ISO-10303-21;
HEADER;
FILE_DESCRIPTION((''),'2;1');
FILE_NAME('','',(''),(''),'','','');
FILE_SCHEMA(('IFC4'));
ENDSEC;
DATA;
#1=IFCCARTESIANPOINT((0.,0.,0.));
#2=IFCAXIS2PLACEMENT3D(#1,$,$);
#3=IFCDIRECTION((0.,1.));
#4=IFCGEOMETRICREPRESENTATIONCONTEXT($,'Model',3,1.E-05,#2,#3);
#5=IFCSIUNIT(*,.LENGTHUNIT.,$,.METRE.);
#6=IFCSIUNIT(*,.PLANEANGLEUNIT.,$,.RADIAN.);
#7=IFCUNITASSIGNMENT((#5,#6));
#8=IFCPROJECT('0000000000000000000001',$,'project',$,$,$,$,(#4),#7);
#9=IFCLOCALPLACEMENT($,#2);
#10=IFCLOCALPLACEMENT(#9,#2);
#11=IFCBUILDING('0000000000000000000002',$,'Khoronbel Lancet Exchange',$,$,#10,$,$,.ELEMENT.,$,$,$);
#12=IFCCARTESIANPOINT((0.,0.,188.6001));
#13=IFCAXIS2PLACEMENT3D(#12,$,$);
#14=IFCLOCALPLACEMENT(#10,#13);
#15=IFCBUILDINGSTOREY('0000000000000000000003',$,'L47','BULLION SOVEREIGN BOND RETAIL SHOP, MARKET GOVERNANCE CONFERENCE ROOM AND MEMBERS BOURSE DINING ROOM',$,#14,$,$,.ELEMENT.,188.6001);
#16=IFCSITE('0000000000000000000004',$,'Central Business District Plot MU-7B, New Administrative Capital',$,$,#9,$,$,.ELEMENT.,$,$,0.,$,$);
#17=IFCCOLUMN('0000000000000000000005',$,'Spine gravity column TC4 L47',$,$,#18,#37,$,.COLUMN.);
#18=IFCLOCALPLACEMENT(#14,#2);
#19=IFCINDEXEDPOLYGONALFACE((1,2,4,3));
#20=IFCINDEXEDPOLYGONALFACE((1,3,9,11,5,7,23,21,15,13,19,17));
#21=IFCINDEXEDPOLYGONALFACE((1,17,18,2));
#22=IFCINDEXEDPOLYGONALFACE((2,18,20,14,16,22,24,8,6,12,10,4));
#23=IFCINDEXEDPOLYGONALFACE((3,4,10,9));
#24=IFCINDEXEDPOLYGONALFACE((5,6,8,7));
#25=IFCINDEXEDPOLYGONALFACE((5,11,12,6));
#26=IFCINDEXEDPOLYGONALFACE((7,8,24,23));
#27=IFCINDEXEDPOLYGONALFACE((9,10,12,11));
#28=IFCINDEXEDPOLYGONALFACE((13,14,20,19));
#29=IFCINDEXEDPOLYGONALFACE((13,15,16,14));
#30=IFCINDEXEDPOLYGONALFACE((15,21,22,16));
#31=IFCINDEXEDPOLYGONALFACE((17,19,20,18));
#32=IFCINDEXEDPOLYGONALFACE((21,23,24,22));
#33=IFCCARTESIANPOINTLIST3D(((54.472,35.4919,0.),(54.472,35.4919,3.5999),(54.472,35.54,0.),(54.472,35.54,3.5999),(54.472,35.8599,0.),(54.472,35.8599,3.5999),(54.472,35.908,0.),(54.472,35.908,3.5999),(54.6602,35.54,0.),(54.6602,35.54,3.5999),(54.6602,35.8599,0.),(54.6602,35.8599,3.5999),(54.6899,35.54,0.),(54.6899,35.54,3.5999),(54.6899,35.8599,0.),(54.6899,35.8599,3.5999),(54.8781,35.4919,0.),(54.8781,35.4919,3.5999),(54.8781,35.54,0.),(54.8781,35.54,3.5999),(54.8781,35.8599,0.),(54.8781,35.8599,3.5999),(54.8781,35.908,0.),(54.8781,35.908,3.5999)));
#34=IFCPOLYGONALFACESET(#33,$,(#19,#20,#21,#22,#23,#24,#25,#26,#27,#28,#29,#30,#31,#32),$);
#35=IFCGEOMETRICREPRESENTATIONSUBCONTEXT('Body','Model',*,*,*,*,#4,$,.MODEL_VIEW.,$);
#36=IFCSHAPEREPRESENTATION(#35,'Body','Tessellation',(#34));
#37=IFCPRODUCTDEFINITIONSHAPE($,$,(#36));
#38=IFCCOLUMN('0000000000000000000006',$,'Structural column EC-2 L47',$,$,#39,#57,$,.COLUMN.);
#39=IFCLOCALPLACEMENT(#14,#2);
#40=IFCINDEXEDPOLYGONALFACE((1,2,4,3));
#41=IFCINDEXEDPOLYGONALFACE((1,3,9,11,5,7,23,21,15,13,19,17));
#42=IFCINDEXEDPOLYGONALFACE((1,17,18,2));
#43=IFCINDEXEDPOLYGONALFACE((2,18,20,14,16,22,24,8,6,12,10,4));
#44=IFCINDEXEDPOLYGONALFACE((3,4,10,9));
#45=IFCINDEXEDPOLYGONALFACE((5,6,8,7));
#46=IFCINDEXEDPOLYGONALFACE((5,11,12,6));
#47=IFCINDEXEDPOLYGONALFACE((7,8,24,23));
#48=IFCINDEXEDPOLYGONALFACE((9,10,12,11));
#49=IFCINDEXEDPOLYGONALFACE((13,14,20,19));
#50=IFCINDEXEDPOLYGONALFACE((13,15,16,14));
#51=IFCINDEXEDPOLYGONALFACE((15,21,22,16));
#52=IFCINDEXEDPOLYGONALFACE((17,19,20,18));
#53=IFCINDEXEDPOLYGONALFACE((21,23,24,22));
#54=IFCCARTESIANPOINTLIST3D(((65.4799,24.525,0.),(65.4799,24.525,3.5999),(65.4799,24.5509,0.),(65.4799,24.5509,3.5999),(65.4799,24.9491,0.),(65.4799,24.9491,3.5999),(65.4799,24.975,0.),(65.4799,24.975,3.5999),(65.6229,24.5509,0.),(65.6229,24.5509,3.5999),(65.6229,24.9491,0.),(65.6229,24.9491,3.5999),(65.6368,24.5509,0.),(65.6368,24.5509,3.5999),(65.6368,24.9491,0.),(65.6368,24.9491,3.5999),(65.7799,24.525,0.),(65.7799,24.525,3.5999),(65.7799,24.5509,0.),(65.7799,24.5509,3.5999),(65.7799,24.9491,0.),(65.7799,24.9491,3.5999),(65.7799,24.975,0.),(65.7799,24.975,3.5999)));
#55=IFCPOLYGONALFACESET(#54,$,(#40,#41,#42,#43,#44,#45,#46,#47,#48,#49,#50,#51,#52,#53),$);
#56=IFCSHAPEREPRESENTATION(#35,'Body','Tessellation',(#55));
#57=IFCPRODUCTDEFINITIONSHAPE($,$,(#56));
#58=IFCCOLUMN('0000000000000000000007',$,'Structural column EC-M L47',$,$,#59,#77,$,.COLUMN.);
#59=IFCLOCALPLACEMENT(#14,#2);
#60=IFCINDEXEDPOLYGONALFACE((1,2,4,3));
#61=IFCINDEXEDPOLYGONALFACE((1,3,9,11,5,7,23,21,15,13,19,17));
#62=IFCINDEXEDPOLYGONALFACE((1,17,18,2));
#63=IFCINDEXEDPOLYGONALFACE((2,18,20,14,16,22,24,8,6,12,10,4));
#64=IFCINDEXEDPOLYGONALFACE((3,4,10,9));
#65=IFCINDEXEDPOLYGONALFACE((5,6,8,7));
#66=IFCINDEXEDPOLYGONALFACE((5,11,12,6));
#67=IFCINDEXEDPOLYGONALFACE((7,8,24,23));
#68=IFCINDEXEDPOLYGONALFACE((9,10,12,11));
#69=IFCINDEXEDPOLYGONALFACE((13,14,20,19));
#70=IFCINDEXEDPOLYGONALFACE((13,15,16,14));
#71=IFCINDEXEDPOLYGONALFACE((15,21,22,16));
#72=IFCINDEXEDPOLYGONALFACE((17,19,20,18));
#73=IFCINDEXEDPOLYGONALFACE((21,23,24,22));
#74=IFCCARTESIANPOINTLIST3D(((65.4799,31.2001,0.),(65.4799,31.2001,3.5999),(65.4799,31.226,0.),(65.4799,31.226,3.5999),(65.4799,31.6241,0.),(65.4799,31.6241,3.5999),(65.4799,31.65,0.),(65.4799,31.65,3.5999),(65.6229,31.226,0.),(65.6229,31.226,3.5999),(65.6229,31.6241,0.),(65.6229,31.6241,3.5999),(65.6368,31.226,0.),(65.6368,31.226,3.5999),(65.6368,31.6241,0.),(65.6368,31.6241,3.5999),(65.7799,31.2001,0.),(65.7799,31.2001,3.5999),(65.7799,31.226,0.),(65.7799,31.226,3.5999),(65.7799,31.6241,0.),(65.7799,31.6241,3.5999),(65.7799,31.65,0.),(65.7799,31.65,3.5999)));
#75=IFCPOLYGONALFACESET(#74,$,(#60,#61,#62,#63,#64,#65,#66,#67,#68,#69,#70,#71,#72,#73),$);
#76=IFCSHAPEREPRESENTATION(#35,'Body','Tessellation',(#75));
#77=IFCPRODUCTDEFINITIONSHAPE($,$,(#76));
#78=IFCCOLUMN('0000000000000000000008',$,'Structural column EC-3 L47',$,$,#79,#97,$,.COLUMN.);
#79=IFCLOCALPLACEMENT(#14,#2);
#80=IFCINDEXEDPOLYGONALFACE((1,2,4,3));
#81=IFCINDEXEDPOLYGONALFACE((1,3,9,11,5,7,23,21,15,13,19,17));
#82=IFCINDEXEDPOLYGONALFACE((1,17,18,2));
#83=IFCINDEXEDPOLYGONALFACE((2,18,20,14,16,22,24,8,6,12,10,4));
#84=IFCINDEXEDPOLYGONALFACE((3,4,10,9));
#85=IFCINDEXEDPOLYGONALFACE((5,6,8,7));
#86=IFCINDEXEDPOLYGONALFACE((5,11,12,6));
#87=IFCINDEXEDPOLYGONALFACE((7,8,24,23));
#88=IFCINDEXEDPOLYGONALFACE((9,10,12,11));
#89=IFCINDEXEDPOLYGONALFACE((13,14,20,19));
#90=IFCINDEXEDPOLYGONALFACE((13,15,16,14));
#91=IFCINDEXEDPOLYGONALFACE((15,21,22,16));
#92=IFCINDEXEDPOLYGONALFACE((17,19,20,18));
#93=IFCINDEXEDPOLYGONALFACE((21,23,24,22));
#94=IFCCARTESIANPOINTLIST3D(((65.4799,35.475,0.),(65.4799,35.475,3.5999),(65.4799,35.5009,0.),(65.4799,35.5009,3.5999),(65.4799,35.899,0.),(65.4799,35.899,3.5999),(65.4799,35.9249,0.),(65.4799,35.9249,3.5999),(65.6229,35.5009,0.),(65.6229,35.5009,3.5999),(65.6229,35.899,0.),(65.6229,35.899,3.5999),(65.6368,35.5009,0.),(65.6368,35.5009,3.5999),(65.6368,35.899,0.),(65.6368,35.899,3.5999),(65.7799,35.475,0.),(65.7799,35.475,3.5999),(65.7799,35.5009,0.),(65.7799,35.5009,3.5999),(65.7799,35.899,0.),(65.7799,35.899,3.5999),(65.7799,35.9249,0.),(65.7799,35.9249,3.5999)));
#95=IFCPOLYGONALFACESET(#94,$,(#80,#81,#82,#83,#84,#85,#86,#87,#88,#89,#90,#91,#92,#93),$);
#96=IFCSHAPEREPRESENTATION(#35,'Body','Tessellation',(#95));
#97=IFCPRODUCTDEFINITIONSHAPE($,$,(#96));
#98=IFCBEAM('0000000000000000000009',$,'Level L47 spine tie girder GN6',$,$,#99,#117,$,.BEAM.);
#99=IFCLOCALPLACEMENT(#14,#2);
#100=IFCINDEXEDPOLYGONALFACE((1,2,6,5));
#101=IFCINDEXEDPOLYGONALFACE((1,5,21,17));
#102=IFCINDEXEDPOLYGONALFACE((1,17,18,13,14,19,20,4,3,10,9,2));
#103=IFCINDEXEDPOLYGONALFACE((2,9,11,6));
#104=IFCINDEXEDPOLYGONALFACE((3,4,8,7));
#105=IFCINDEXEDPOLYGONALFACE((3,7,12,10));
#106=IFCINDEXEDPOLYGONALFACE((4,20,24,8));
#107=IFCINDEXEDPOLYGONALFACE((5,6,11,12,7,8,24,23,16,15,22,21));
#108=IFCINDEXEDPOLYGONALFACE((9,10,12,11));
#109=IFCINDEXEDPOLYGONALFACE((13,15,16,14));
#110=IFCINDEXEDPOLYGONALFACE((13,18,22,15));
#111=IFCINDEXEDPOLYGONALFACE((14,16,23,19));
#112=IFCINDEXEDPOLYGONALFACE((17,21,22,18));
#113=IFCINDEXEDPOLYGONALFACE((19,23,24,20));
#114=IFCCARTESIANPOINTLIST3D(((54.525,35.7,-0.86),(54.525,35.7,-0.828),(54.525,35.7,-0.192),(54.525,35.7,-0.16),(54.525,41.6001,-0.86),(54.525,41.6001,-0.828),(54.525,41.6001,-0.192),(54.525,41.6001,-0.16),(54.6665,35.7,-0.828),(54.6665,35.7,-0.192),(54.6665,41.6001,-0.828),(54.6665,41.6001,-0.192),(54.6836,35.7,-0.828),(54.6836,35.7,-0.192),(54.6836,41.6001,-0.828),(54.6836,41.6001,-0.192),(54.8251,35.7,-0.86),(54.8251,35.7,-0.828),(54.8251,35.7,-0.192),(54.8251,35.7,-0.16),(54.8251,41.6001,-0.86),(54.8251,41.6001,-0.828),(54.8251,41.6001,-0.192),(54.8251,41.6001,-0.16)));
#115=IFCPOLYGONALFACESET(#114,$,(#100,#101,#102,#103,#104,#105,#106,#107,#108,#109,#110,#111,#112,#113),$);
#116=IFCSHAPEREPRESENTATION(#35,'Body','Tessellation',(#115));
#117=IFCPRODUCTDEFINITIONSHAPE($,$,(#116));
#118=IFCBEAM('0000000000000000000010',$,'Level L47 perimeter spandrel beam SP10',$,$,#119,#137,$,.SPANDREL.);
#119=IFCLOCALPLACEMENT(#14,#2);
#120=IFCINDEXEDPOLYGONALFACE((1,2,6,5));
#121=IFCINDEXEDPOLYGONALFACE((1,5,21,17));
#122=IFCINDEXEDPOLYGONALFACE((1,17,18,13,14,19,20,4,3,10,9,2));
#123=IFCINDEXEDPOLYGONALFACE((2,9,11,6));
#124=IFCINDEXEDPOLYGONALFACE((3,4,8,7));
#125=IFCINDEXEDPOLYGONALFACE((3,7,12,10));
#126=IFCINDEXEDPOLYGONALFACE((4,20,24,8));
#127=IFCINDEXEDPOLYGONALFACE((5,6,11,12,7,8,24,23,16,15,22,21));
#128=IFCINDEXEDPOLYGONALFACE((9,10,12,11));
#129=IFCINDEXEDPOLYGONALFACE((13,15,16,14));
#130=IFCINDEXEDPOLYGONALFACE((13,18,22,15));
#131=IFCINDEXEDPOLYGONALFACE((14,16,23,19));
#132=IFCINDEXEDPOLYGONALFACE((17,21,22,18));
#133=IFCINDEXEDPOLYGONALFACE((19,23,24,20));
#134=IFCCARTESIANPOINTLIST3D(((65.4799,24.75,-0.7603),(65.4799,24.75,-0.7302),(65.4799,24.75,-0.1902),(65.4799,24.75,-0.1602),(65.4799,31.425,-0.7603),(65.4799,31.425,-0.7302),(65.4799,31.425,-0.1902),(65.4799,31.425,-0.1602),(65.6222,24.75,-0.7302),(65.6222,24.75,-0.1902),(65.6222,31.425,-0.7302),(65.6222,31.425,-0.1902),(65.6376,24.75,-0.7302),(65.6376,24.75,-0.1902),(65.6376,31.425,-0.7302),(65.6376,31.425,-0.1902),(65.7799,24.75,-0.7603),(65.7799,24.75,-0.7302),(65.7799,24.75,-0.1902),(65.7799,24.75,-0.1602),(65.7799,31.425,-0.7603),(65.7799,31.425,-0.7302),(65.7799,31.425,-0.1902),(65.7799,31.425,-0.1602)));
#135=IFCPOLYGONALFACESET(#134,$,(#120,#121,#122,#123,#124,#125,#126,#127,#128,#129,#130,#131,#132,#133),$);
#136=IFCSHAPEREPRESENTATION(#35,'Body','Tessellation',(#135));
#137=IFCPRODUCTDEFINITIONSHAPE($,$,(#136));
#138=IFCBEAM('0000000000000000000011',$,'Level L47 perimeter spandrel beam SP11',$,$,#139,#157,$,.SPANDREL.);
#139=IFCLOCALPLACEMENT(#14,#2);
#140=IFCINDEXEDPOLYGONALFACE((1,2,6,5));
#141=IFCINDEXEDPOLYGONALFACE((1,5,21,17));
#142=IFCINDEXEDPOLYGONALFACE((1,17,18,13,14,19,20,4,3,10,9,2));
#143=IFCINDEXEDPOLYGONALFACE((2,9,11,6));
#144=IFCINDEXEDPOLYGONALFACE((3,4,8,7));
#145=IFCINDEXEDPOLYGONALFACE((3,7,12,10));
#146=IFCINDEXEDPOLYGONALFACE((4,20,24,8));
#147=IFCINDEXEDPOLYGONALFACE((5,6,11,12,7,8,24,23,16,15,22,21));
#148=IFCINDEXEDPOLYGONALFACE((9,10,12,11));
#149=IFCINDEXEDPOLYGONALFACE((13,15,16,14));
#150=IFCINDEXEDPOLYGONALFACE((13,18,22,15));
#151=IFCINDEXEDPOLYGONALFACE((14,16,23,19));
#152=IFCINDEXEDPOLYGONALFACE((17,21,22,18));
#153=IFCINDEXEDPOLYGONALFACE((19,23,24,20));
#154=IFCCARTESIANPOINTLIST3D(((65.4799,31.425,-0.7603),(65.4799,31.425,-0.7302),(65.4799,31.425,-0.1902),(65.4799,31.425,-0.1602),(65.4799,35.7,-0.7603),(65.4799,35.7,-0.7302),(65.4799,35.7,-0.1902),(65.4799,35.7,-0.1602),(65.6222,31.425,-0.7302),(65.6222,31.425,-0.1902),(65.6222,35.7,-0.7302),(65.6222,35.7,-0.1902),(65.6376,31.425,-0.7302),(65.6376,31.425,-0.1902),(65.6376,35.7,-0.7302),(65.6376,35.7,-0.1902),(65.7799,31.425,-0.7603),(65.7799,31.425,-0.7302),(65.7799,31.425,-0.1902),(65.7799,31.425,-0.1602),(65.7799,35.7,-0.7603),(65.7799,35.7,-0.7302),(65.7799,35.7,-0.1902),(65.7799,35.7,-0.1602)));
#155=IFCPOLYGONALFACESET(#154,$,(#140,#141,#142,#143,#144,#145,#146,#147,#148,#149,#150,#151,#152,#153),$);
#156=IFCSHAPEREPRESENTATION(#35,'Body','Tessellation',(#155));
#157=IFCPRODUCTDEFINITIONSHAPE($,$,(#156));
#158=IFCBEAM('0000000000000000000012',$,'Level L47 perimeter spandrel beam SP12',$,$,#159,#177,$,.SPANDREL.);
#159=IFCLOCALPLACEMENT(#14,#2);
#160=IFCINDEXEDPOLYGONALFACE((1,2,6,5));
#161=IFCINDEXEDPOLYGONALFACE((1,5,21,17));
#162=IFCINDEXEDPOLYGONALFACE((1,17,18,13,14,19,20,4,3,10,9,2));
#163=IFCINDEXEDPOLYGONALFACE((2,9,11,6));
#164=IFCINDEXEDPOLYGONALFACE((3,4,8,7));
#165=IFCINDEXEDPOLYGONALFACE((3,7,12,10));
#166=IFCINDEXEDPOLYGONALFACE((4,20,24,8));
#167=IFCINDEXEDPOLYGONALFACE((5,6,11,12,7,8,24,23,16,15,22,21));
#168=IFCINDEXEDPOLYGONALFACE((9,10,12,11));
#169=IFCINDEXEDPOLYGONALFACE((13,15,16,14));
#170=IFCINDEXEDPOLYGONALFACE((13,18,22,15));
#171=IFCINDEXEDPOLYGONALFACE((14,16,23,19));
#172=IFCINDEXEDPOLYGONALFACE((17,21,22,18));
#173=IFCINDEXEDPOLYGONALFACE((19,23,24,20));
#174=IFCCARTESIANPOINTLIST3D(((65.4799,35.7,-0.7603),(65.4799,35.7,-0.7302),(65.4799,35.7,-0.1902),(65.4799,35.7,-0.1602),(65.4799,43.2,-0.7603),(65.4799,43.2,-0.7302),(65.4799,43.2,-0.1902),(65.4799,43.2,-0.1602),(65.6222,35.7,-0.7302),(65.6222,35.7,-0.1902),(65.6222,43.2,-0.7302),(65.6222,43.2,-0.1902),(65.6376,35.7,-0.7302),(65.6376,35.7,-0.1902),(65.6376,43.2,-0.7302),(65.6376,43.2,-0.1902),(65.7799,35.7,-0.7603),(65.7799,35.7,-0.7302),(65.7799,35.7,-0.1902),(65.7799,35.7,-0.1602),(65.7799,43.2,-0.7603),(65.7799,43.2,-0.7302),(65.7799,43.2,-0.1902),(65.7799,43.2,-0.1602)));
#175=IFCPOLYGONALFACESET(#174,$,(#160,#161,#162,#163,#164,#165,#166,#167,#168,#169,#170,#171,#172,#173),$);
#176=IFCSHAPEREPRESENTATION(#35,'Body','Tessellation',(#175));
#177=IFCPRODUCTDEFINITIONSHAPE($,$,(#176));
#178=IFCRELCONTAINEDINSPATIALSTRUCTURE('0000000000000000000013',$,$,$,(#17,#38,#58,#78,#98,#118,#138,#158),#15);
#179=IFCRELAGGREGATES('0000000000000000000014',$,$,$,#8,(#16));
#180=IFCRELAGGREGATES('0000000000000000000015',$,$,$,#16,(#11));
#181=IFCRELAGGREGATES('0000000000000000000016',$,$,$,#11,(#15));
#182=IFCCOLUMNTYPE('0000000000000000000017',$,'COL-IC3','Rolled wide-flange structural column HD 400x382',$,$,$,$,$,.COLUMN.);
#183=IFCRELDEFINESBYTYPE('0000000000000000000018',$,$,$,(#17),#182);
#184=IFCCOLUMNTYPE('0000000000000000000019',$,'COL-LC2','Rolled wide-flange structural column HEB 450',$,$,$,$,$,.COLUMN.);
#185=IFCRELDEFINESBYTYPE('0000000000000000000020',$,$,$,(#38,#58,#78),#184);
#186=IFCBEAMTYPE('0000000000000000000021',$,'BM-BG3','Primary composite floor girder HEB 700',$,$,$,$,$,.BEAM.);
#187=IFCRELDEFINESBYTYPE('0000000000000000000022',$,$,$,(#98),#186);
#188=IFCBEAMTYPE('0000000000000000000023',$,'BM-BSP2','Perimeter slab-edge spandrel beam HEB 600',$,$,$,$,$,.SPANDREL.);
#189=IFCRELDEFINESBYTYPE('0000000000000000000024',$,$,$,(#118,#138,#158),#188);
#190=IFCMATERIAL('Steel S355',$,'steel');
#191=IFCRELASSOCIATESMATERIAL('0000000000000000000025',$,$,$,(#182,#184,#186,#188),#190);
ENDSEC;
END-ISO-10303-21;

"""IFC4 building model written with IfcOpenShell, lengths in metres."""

from ifc_helpers import new_model, si_unit, direction, frame, origin, origin_2d, place, context, subcontext, project, spatial, i_section, extrude, material, material_profile, profile_set, type_object, element, save


model = new_model("IFC4")

# Units and contexts
model_context = context("Model", 3, precision=1e-05, world=origin(), true_north=direction((0.0, 1.0)))
body_context = subcontext(model_context, "Body", "Model", "MODEL_VIEW")
ifc_project = project(units=[si_unit("LENGTHUNIT", "METRE"), si_unit("PLANEANGLEUNIT", "RADIAN")], contexts=[model_context])

# Site, building, storey
site_placement = place(None, origin())
site = spatial("IfcSite", under=ifc_project, at=site_placement, Name="Central Business District Plot MU-7B, New Administrative Capital", CompositionType="ELEMENT", RefElevation=0.0)
building_placement = place(site_placement, origin())
building = spatial("IfcBuilding", under=site, at=building_placement, Name="Khoronbel Lancet Exchange", CompositionType="ELEMENT")
storey_placement = place(building_placement, frame((0.0, 0.0, 188.6001)))
storey = spatial("IfcBuildingStorey", under=building, at=storey_placement, Name="L47", Description="BULLION SOVEREIGN BOND RETAIL SHOP, MARKET GOVERNANCE CONFERENCE ROOM AND MEMBERS BOURSE DINING ROOM", CompositionType="ELEMENT", Elevation=188.6001)

# Columns
ifc_material_1 = material(Name="Steel S355", Category="steel")
ifc_material_profile_1 = material_profile(ifc_material_1, i_section(OverallWidth=0.406, OverallDepth=0.416, WebThickness=0.0298, FlangeThickness=0.0481, at=origin_2d()), Name="HD 400x382")
ifc_profile_set_1 = profile_set([ifc_material_profile_1], Name="Steel S355")
column_type_1 = type_object("IfcColumnType", Name="COL-IC3", Description="Rolled wide-flange structural column HD 400x382", PredefinedType="COLUMN", material=ifc_profile_set_1)
column_placement = place(storey_placement, frame((54.675, 35.7, 0.0), z_axis=(0.0, 0.0, 1.0), x_axis=(1.0, 0.0, 0.0)))
element("IfcColumn", 1, at=column_placement, inside=storey, type_object=column_type_1, Name="Spine gravity column TC4 L47", PredefinedType="COLUMN", context=body_context, shape_type="SweptSolid", body=[
    extrude(i_section(OverallWidth=0.406, OverallDepth=0.416, WebThickness=0.0298, FlangeThickness=0.0481, at=origin_2d()), origin(), (0.0, 0.0, 1.0), 3.5999),
])
ifc_material_profile_2 = material_profile(ifc_material_1, i_section(OverallWidth=0.3, OverallDepth=0.45, WebThickness=0.0139, FlangeThickness=0.0259, at=origin_2d()), Name="HEB 450")
ifc_profile_set_2 = profile_set([ifc_material_profile_2], Name="Steel S355")
column_type_2 = type_object("IfcColumnType", Name="COL-LC2", Description="Rolled wide-flange structural column HEB 450", PredefinedType="COLUMN", material=ifc_profile_set_2)
for number, where, z_axis, x_axis, name in (
    (2, (65.6299, 24.75, 0.0), (0.0, 0.0, 1.0), (1.0, 0.0, 0.0), "Structural column EC-2 L47"),
    (3, (65.6299, 31.425, 0.0), (0.0, 0.0, 1.0), (1.0, 0.0, 0.0), "Structural column EC-M L47"),
    (4, (65.6299, 35.7, 0.0), (0.0, 0.0, 1.0), (1.0, 0.0, 0.0), "Structural column EC-3 L47"),
):
    element("IfcColumn", number, at=place(storey_placement, frame(where, z_axis=z_axis, x_axis=x_axis)), inside=storey, type_object=column_type_2, Name=name, PredefinedType="COLUMN", context=body_context, shape_type="SweptSolid", body=[
        extrude(i_section(OverallWidth=0.3, OverallDepth=0.45, WebThickness=0.0139, FlangeThickness=0.0259, at=origin_2d()), origin(), (0.0, 0.0, 1.0), 3.5999),
    ])

# Beams
ifc_material_profile_3 = material_profile(ifc_material_1, i_section(OverallWidth=0.3, OverallDepth=0.7, WebThickness=0.0171, FlangeThickness=0.032, at=origin_2d()), Name="HEB 700")
ifc_profile_set_3 = profile_set([ifc_material_profile_3], Name="Steel S355")
beam_type_1 = type_object("IfcBeamType", Name="BM-BG3", Description="Primary composite floor girder HEB 700", PredefinedType="BEAM", material=ifc_profile_set_3)
beam_1_placement = place(storey_placement, frame((54.675, 35.7, -0.51), z_axis=(0.0, 1.0, 0.0), x_axis=(-1.0, 0.0, 0.0)))
element("IfcBeam", 5, at=beam_1_placement, inside=storey, type_object=beam_type_1, Name="Level L47 spine tie girder GN6", PredefinedType="BEAM", context=body_context, shape_type="SweptSolid", body=[
    extrude(i_section(OverallWidth=0.3, OverallDepth=0.7, WebThickness=0.0171, FlangeThickness=0.032, at=origin_2d()), origin(), (0.0, 0.0, 1.0), 5.9001),
])
ifc_material_profile_4 = material_profile(ifc_material_1, i_section(OverallWidth=0.3, OverallDepth=0.6001, WebThickness=0.0154, FlangeThickness=0.03, at=origin_2d()), Name="HEB 600")
ifc_profile_set_4 = profile_set([ifc_material_profile_4], Name="Steel S355")
beam_type_2 = type_object("IfcBeamType", Name="BM-BSP2", Description="Perimeter slab-edge spandrel beam HEB 600", PredefinedType="SPANDREL", material=ifc_profile_set_4)
beam_2_placement = place(storey_placement, frame((65.6299, 24.75, -0.4602), z_axis=(0.0, 1.0, 0.0), x_axis=(-1.0, 0.0, 0.0)))
element("IfcBeam", 6, at=beam_2_placement, inside=storey, type_object=beam_type_2, Name="Level L47 perimeter spandrel beam SP10", PredefinedType="SPANDREL", context=body_context, shape_type="SweptSolid", body=[
    extrude(i_section(OverallWidth=0.3, OverallDepth=0.6001, WebThickness=0.0154, FlangeThickness=0.03, at=origin_2d()), origin(), (0.0, 0.0, 1.0), 6.675),
])
beam_3_placement = place(storey_placement, frame((65.6299, 31.425, -0.4602), z_axis=(0.0, 1.0, 0.0), x_axis=(-1.0, 0.0, 0.0)))
element("IfcBeam", 7, at=beam_3_placement, inside=storey, type_object=beam_type_2, Name="Level L47 perimeter spandrel beam SP11", PredefinedType="SPANDREL", context=body_context, shape_type="SweptSolid", body=[
    extrude(i_section(OverallWidth=0.3, OverallDepth=0.6001, WebThickness=0.0154, FlangeThickness=0.03, at=origin_2d()), origin(), (0.0, 0.0, 1.0), 4.2749),
])
beam_4_placement = place(storey_placement, frame((65.6299, 35.7, -0.4602), z_axis=(0.0, 1.0, 0.0), x_axis=(-1.0, 0.0, 0.0)))
element("IfcBeam", 8, at=beam_4_placement, inside=storey, type_object=beam_type_2, Name="Level L47 perimeter spandrel beam SP12", PredefinedType="SPANDREL", context=body_context, shape_type="SweptSolid", body=[
    extrude(i_section(OverallWidth=0.3, OverallDepth=0.6001, WebThickness=0.0154, FlangeThickness=0.03, at=origin_2d()), origin(), (0.0, 0.0, 1.0), 7.5),
])

save(model, "model.ifc")
